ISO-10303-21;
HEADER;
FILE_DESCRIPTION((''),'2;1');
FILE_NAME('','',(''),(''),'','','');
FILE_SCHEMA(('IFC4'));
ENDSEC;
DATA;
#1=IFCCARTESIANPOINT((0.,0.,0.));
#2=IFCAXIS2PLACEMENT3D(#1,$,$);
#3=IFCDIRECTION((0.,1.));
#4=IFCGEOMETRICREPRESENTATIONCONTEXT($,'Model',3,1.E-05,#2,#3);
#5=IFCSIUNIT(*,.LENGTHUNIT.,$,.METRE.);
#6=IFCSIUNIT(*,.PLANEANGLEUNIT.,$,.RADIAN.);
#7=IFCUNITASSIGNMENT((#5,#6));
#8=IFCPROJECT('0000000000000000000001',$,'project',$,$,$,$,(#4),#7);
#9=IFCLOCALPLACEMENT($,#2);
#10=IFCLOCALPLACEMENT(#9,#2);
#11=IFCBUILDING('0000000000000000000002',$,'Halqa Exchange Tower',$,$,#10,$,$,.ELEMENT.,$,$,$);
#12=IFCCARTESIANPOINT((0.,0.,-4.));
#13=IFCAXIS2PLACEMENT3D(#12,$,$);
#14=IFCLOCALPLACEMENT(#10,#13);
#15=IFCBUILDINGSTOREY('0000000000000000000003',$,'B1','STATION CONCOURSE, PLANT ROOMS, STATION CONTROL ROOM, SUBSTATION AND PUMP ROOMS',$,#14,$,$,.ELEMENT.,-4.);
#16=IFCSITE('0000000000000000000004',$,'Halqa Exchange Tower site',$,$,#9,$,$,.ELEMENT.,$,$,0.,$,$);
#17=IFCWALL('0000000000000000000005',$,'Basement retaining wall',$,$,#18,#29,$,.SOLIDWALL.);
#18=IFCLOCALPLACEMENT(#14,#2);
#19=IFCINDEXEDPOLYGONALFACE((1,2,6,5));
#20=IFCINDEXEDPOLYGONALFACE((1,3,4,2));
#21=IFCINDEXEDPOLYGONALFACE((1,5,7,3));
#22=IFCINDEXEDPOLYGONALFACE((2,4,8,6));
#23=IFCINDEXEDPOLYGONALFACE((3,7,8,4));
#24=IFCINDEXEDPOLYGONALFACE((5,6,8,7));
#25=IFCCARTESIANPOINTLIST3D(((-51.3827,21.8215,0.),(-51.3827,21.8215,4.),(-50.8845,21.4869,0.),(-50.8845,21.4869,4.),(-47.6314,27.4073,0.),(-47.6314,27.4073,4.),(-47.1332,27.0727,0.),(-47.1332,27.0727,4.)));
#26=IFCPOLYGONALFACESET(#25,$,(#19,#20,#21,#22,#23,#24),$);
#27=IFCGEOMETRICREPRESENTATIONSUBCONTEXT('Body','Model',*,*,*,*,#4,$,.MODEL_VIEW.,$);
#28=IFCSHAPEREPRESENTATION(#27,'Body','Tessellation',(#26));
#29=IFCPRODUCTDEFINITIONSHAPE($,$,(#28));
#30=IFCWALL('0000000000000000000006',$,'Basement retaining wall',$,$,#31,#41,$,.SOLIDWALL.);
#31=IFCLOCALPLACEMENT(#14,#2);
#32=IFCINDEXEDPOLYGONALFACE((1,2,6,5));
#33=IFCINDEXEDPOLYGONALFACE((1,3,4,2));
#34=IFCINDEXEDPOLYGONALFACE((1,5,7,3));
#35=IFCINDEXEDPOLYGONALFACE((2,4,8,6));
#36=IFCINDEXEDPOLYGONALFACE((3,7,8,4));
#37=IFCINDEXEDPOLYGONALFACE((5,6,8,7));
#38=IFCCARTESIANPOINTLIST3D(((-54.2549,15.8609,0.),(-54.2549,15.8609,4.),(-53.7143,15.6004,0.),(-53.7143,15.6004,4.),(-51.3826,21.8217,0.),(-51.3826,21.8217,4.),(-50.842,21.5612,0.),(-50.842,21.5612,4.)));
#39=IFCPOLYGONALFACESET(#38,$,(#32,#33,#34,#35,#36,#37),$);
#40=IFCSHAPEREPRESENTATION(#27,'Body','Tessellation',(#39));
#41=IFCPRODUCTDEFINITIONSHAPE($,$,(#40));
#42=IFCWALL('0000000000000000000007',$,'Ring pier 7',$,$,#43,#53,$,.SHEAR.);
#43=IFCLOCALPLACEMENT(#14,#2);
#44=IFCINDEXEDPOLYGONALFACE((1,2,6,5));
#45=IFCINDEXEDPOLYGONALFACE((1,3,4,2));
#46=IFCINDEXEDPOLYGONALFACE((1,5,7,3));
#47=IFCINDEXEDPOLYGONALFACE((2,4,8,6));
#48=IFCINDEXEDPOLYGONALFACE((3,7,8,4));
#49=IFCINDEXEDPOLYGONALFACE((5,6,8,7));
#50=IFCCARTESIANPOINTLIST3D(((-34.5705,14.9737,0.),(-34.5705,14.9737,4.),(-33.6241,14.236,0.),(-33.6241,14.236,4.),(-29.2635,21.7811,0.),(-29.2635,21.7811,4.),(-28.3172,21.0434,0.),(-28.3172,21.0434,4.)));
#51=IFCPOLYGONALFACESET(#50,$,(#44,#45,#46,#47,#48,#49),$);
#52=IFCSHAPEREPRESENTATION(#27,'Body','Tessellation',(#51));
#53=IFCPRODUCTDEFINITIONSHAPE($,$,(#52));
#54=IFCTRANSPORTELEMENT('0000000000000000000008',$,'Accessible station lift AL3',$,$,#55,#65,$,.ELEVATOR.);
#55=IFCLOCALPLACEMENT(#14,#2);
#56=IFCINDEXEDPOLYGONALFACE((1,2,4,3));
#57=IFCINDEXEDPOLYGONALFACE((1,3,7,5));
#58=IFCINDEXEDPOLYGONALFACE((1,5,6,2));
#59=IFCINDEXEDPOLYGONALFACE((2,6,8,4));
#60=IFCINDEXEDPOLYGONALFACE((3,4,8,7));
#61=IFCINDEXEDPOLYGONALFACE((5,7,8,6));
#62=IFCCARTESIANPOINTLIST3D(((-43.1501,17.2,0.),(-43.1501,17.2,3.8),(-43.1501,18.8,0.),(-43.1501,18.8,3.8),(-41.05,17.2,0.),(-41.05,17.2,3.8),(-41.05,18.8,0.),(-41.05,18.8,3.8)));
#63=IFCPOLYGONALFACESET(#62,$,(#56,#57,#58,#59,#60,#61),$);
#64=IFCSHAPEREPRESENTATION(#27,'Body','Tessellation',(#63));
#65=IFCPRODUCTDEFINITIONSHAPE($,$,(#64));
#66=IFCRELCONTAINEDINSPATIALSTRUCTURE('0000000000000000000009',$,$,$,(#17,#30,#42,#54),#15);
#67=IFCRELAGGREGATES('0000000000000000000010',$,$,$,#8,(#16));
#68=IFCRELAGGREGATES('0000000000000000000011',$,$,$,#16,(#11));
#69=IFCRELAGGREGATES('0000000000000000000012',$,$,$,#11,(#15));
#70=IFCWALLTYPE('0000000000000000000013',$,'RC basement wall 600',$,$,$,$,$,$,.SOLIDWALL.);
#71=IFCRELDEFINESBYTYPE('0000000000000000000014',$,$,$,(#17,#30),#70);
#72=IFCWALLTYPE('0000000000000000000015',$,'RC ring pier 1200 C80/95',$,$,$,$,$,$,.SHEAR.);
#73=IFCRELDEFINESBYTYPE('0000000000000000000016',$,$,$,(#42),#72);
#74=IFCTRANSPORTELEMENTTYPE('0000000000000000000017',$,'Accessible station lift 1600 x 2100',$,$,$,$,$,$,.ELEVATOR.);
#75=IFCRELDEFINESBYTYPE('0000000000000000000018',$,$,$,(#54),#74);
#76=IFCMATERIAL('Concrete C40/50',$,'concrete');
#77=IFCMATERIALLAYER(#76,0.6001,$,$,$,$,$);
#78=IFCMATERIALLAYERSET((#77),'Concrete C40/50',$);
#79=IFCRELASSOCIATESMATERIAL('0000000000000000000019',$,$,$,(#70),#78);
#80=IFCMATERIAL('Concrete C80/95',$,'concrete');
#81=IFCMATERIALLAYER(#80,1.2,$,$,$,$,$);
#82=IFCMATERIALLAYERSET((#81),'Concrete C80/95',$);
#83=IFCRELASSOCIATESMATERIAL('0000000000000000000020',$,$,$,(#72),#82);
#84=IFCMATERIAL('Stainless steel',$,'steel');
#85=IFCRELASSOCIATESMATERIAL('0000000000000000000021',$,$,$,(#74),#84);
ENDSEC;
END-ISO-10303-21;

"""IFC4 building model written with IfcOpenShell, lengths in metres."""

from ifc_helpers import new_model, si_unit, direction, frame, frame_2d, origin, origin_2d, place, context, subcontext, project, spatial, rectangle, extrude, material, layer, layer_set, type_object, element, save


model = new_model("IFC4")

# Units and contexts
model_context = context("Model", 3, precision=1e-05, world=origin(), true_north=direction((0.0, 1.0)))
body_context = subcontext(model_context, "Body", "Model", "MODEL_VIEW")
ifc_project = project(units=[si_unit("LENGTHUNIT", "METRE"), si_unit("PLANEANGLEUNIT", "RADIAN")], contexts=[model_context])

# Site, building, storey
site_placement = place(None, origin())
site = spatial("IfcSite", under=ifc_project, at=site_placement, Name="Halqa Exchange Tower site", CompositionType="ELEMENT", RefElevation=0.0)
building_placement = place(site_placement, origin())
building = spatial("IfcBuilding", under=site, at=building_placement, Name="Halqa Exchange Tower", CompositionType="ELEMENT")
storey_placement = place(building_placement, frame((0.0, 0.0, -4.0)))
storey = spatial("IfcBuildingStorey", under=building, at=storey_placement, Name="B1", Description="STATION CONCOURSE, PLANT ROOMS, STATION CONTROL ROOM, SUBSTATION AND PUMP ROOMS", CompositionType="ELEMENT", Elevation=-4.0)

# Shared definitions
ifc_material_1 = material(Name="Stainless steel", Category="steel")

# Walls
ifc_material_2 = material(Name="Concrete C40/50", Category="concrete")
ifc_layer_1 = layer(ifc_material_2, 0.6001)
ifc_layer_set_1 = layer_set([ifc_layer_1], Name="Concrete C40/50")
wall_type_1 = type_object("IfcWallType", Name="RC basement wall 600", PredefinedType="SOLIDWALL", material=ifc_layer_set_1)
wall_1_placement = place(storey_placement, frame((-47.3823, 27.24, 0.0), z_axis=(0.0, 0.0, 1.0), x_axis=(-0.557519, -0.830164, 0.0)))
element("IfcWall", 1, at=wall_1_placement, inside=storey, type_object=wall_type_1, Name="Basement retaining wall", PredefinedType="SOLIDWALL", context=body_context, shape_type="SweptSolid", body=[
    extrude(rectangle(XDim=6.7285, YDim=0.6001, at=frame_2d((3.3643, 0.0))), origin(), (0.0, 0.0, 1.0), 4.0),
])
wall_2_placement = place(storey_placement, frame((-51.1123, 21.6914, 0.0), z_axis=(0.0, 0.0, 1.0), x_axis=(-0.434104, -0.900863, 0.0)))
element("IfcWall", 2, at=wall_2_placement, inside=storey, type_object=wall_type_1, Name="Basement retaining wall", PredefinedType="SOLIDWALL", context=body_context, shape_type="SweptSolid", body=[
    extrude(rectangle(XDim=6.6167, YDim=0.6001, at=frame_2d((3.3083, 0.0))), origin(), (0.0, 0.0, 1.0), 4.0),
])
ifc_material_3 = material(Name="Concrete C80/95", Category="concrete")
ifc_layer_2 = layer(ifc_material_3, 1.2)
ifc_layer_set_2 = layer_set([ifc_layer_2], Name="Concrete C80/95")
wall_type_2 = type_object("IfcWallType", Name="RC ring pier 1200 C80/95", PredefinedType="SHEAR", material=ifc_layer_set_2)
wall_3_placement = place(storey_placement, frame((-28.7903, 21.4124, 0.0), z_axis=(0.0, 0.0, 1.0), x_axis=(-0.614825, -0.788663, 0.0)))
element("IfcWall", 3, at=wall_3_placement, inside=storey, type_object=wall_type_2, Name="Ring pier 7", PredefinedType="SHEAR", context=body_context, shape_type="SweptSolid", body=[
    extrude(rectangle(XDim=8.6316, YDim=1.2, at=frame_2d((4.3159, 0.0))), origin(), (0.0, 0.0, 1.0), 4.0),
])

# Transport element
transport_element_type = type_object("IfcTransportElementType", Name="Accessible station lift 1600 x 2100", PredefinedType="ELEVATOR", material=ifc_material_1)
transport_element_placement = place(storey_placement, frame((-42.1001, 18.0, 0.0), z_axis=(0.0, 0.0, 1.0), x_axis=(1.0, 0.0, 0.0)))
element("IfcTransportElement", 4, at=transport_element_placement, inside=storey, type_object=transport_element_type, Name="Accessible station lift AL3", PredefinedType="ELEVATOR", context=body_context, shape_type="SweptSolid", body=[
    extrude(rectangle(XDim=2.1001, YDim=1.6001, at=origin_2d()), origin(), (0.0, 0.0, 1.0), 3.8),
])

save(model, "model.ifc")
